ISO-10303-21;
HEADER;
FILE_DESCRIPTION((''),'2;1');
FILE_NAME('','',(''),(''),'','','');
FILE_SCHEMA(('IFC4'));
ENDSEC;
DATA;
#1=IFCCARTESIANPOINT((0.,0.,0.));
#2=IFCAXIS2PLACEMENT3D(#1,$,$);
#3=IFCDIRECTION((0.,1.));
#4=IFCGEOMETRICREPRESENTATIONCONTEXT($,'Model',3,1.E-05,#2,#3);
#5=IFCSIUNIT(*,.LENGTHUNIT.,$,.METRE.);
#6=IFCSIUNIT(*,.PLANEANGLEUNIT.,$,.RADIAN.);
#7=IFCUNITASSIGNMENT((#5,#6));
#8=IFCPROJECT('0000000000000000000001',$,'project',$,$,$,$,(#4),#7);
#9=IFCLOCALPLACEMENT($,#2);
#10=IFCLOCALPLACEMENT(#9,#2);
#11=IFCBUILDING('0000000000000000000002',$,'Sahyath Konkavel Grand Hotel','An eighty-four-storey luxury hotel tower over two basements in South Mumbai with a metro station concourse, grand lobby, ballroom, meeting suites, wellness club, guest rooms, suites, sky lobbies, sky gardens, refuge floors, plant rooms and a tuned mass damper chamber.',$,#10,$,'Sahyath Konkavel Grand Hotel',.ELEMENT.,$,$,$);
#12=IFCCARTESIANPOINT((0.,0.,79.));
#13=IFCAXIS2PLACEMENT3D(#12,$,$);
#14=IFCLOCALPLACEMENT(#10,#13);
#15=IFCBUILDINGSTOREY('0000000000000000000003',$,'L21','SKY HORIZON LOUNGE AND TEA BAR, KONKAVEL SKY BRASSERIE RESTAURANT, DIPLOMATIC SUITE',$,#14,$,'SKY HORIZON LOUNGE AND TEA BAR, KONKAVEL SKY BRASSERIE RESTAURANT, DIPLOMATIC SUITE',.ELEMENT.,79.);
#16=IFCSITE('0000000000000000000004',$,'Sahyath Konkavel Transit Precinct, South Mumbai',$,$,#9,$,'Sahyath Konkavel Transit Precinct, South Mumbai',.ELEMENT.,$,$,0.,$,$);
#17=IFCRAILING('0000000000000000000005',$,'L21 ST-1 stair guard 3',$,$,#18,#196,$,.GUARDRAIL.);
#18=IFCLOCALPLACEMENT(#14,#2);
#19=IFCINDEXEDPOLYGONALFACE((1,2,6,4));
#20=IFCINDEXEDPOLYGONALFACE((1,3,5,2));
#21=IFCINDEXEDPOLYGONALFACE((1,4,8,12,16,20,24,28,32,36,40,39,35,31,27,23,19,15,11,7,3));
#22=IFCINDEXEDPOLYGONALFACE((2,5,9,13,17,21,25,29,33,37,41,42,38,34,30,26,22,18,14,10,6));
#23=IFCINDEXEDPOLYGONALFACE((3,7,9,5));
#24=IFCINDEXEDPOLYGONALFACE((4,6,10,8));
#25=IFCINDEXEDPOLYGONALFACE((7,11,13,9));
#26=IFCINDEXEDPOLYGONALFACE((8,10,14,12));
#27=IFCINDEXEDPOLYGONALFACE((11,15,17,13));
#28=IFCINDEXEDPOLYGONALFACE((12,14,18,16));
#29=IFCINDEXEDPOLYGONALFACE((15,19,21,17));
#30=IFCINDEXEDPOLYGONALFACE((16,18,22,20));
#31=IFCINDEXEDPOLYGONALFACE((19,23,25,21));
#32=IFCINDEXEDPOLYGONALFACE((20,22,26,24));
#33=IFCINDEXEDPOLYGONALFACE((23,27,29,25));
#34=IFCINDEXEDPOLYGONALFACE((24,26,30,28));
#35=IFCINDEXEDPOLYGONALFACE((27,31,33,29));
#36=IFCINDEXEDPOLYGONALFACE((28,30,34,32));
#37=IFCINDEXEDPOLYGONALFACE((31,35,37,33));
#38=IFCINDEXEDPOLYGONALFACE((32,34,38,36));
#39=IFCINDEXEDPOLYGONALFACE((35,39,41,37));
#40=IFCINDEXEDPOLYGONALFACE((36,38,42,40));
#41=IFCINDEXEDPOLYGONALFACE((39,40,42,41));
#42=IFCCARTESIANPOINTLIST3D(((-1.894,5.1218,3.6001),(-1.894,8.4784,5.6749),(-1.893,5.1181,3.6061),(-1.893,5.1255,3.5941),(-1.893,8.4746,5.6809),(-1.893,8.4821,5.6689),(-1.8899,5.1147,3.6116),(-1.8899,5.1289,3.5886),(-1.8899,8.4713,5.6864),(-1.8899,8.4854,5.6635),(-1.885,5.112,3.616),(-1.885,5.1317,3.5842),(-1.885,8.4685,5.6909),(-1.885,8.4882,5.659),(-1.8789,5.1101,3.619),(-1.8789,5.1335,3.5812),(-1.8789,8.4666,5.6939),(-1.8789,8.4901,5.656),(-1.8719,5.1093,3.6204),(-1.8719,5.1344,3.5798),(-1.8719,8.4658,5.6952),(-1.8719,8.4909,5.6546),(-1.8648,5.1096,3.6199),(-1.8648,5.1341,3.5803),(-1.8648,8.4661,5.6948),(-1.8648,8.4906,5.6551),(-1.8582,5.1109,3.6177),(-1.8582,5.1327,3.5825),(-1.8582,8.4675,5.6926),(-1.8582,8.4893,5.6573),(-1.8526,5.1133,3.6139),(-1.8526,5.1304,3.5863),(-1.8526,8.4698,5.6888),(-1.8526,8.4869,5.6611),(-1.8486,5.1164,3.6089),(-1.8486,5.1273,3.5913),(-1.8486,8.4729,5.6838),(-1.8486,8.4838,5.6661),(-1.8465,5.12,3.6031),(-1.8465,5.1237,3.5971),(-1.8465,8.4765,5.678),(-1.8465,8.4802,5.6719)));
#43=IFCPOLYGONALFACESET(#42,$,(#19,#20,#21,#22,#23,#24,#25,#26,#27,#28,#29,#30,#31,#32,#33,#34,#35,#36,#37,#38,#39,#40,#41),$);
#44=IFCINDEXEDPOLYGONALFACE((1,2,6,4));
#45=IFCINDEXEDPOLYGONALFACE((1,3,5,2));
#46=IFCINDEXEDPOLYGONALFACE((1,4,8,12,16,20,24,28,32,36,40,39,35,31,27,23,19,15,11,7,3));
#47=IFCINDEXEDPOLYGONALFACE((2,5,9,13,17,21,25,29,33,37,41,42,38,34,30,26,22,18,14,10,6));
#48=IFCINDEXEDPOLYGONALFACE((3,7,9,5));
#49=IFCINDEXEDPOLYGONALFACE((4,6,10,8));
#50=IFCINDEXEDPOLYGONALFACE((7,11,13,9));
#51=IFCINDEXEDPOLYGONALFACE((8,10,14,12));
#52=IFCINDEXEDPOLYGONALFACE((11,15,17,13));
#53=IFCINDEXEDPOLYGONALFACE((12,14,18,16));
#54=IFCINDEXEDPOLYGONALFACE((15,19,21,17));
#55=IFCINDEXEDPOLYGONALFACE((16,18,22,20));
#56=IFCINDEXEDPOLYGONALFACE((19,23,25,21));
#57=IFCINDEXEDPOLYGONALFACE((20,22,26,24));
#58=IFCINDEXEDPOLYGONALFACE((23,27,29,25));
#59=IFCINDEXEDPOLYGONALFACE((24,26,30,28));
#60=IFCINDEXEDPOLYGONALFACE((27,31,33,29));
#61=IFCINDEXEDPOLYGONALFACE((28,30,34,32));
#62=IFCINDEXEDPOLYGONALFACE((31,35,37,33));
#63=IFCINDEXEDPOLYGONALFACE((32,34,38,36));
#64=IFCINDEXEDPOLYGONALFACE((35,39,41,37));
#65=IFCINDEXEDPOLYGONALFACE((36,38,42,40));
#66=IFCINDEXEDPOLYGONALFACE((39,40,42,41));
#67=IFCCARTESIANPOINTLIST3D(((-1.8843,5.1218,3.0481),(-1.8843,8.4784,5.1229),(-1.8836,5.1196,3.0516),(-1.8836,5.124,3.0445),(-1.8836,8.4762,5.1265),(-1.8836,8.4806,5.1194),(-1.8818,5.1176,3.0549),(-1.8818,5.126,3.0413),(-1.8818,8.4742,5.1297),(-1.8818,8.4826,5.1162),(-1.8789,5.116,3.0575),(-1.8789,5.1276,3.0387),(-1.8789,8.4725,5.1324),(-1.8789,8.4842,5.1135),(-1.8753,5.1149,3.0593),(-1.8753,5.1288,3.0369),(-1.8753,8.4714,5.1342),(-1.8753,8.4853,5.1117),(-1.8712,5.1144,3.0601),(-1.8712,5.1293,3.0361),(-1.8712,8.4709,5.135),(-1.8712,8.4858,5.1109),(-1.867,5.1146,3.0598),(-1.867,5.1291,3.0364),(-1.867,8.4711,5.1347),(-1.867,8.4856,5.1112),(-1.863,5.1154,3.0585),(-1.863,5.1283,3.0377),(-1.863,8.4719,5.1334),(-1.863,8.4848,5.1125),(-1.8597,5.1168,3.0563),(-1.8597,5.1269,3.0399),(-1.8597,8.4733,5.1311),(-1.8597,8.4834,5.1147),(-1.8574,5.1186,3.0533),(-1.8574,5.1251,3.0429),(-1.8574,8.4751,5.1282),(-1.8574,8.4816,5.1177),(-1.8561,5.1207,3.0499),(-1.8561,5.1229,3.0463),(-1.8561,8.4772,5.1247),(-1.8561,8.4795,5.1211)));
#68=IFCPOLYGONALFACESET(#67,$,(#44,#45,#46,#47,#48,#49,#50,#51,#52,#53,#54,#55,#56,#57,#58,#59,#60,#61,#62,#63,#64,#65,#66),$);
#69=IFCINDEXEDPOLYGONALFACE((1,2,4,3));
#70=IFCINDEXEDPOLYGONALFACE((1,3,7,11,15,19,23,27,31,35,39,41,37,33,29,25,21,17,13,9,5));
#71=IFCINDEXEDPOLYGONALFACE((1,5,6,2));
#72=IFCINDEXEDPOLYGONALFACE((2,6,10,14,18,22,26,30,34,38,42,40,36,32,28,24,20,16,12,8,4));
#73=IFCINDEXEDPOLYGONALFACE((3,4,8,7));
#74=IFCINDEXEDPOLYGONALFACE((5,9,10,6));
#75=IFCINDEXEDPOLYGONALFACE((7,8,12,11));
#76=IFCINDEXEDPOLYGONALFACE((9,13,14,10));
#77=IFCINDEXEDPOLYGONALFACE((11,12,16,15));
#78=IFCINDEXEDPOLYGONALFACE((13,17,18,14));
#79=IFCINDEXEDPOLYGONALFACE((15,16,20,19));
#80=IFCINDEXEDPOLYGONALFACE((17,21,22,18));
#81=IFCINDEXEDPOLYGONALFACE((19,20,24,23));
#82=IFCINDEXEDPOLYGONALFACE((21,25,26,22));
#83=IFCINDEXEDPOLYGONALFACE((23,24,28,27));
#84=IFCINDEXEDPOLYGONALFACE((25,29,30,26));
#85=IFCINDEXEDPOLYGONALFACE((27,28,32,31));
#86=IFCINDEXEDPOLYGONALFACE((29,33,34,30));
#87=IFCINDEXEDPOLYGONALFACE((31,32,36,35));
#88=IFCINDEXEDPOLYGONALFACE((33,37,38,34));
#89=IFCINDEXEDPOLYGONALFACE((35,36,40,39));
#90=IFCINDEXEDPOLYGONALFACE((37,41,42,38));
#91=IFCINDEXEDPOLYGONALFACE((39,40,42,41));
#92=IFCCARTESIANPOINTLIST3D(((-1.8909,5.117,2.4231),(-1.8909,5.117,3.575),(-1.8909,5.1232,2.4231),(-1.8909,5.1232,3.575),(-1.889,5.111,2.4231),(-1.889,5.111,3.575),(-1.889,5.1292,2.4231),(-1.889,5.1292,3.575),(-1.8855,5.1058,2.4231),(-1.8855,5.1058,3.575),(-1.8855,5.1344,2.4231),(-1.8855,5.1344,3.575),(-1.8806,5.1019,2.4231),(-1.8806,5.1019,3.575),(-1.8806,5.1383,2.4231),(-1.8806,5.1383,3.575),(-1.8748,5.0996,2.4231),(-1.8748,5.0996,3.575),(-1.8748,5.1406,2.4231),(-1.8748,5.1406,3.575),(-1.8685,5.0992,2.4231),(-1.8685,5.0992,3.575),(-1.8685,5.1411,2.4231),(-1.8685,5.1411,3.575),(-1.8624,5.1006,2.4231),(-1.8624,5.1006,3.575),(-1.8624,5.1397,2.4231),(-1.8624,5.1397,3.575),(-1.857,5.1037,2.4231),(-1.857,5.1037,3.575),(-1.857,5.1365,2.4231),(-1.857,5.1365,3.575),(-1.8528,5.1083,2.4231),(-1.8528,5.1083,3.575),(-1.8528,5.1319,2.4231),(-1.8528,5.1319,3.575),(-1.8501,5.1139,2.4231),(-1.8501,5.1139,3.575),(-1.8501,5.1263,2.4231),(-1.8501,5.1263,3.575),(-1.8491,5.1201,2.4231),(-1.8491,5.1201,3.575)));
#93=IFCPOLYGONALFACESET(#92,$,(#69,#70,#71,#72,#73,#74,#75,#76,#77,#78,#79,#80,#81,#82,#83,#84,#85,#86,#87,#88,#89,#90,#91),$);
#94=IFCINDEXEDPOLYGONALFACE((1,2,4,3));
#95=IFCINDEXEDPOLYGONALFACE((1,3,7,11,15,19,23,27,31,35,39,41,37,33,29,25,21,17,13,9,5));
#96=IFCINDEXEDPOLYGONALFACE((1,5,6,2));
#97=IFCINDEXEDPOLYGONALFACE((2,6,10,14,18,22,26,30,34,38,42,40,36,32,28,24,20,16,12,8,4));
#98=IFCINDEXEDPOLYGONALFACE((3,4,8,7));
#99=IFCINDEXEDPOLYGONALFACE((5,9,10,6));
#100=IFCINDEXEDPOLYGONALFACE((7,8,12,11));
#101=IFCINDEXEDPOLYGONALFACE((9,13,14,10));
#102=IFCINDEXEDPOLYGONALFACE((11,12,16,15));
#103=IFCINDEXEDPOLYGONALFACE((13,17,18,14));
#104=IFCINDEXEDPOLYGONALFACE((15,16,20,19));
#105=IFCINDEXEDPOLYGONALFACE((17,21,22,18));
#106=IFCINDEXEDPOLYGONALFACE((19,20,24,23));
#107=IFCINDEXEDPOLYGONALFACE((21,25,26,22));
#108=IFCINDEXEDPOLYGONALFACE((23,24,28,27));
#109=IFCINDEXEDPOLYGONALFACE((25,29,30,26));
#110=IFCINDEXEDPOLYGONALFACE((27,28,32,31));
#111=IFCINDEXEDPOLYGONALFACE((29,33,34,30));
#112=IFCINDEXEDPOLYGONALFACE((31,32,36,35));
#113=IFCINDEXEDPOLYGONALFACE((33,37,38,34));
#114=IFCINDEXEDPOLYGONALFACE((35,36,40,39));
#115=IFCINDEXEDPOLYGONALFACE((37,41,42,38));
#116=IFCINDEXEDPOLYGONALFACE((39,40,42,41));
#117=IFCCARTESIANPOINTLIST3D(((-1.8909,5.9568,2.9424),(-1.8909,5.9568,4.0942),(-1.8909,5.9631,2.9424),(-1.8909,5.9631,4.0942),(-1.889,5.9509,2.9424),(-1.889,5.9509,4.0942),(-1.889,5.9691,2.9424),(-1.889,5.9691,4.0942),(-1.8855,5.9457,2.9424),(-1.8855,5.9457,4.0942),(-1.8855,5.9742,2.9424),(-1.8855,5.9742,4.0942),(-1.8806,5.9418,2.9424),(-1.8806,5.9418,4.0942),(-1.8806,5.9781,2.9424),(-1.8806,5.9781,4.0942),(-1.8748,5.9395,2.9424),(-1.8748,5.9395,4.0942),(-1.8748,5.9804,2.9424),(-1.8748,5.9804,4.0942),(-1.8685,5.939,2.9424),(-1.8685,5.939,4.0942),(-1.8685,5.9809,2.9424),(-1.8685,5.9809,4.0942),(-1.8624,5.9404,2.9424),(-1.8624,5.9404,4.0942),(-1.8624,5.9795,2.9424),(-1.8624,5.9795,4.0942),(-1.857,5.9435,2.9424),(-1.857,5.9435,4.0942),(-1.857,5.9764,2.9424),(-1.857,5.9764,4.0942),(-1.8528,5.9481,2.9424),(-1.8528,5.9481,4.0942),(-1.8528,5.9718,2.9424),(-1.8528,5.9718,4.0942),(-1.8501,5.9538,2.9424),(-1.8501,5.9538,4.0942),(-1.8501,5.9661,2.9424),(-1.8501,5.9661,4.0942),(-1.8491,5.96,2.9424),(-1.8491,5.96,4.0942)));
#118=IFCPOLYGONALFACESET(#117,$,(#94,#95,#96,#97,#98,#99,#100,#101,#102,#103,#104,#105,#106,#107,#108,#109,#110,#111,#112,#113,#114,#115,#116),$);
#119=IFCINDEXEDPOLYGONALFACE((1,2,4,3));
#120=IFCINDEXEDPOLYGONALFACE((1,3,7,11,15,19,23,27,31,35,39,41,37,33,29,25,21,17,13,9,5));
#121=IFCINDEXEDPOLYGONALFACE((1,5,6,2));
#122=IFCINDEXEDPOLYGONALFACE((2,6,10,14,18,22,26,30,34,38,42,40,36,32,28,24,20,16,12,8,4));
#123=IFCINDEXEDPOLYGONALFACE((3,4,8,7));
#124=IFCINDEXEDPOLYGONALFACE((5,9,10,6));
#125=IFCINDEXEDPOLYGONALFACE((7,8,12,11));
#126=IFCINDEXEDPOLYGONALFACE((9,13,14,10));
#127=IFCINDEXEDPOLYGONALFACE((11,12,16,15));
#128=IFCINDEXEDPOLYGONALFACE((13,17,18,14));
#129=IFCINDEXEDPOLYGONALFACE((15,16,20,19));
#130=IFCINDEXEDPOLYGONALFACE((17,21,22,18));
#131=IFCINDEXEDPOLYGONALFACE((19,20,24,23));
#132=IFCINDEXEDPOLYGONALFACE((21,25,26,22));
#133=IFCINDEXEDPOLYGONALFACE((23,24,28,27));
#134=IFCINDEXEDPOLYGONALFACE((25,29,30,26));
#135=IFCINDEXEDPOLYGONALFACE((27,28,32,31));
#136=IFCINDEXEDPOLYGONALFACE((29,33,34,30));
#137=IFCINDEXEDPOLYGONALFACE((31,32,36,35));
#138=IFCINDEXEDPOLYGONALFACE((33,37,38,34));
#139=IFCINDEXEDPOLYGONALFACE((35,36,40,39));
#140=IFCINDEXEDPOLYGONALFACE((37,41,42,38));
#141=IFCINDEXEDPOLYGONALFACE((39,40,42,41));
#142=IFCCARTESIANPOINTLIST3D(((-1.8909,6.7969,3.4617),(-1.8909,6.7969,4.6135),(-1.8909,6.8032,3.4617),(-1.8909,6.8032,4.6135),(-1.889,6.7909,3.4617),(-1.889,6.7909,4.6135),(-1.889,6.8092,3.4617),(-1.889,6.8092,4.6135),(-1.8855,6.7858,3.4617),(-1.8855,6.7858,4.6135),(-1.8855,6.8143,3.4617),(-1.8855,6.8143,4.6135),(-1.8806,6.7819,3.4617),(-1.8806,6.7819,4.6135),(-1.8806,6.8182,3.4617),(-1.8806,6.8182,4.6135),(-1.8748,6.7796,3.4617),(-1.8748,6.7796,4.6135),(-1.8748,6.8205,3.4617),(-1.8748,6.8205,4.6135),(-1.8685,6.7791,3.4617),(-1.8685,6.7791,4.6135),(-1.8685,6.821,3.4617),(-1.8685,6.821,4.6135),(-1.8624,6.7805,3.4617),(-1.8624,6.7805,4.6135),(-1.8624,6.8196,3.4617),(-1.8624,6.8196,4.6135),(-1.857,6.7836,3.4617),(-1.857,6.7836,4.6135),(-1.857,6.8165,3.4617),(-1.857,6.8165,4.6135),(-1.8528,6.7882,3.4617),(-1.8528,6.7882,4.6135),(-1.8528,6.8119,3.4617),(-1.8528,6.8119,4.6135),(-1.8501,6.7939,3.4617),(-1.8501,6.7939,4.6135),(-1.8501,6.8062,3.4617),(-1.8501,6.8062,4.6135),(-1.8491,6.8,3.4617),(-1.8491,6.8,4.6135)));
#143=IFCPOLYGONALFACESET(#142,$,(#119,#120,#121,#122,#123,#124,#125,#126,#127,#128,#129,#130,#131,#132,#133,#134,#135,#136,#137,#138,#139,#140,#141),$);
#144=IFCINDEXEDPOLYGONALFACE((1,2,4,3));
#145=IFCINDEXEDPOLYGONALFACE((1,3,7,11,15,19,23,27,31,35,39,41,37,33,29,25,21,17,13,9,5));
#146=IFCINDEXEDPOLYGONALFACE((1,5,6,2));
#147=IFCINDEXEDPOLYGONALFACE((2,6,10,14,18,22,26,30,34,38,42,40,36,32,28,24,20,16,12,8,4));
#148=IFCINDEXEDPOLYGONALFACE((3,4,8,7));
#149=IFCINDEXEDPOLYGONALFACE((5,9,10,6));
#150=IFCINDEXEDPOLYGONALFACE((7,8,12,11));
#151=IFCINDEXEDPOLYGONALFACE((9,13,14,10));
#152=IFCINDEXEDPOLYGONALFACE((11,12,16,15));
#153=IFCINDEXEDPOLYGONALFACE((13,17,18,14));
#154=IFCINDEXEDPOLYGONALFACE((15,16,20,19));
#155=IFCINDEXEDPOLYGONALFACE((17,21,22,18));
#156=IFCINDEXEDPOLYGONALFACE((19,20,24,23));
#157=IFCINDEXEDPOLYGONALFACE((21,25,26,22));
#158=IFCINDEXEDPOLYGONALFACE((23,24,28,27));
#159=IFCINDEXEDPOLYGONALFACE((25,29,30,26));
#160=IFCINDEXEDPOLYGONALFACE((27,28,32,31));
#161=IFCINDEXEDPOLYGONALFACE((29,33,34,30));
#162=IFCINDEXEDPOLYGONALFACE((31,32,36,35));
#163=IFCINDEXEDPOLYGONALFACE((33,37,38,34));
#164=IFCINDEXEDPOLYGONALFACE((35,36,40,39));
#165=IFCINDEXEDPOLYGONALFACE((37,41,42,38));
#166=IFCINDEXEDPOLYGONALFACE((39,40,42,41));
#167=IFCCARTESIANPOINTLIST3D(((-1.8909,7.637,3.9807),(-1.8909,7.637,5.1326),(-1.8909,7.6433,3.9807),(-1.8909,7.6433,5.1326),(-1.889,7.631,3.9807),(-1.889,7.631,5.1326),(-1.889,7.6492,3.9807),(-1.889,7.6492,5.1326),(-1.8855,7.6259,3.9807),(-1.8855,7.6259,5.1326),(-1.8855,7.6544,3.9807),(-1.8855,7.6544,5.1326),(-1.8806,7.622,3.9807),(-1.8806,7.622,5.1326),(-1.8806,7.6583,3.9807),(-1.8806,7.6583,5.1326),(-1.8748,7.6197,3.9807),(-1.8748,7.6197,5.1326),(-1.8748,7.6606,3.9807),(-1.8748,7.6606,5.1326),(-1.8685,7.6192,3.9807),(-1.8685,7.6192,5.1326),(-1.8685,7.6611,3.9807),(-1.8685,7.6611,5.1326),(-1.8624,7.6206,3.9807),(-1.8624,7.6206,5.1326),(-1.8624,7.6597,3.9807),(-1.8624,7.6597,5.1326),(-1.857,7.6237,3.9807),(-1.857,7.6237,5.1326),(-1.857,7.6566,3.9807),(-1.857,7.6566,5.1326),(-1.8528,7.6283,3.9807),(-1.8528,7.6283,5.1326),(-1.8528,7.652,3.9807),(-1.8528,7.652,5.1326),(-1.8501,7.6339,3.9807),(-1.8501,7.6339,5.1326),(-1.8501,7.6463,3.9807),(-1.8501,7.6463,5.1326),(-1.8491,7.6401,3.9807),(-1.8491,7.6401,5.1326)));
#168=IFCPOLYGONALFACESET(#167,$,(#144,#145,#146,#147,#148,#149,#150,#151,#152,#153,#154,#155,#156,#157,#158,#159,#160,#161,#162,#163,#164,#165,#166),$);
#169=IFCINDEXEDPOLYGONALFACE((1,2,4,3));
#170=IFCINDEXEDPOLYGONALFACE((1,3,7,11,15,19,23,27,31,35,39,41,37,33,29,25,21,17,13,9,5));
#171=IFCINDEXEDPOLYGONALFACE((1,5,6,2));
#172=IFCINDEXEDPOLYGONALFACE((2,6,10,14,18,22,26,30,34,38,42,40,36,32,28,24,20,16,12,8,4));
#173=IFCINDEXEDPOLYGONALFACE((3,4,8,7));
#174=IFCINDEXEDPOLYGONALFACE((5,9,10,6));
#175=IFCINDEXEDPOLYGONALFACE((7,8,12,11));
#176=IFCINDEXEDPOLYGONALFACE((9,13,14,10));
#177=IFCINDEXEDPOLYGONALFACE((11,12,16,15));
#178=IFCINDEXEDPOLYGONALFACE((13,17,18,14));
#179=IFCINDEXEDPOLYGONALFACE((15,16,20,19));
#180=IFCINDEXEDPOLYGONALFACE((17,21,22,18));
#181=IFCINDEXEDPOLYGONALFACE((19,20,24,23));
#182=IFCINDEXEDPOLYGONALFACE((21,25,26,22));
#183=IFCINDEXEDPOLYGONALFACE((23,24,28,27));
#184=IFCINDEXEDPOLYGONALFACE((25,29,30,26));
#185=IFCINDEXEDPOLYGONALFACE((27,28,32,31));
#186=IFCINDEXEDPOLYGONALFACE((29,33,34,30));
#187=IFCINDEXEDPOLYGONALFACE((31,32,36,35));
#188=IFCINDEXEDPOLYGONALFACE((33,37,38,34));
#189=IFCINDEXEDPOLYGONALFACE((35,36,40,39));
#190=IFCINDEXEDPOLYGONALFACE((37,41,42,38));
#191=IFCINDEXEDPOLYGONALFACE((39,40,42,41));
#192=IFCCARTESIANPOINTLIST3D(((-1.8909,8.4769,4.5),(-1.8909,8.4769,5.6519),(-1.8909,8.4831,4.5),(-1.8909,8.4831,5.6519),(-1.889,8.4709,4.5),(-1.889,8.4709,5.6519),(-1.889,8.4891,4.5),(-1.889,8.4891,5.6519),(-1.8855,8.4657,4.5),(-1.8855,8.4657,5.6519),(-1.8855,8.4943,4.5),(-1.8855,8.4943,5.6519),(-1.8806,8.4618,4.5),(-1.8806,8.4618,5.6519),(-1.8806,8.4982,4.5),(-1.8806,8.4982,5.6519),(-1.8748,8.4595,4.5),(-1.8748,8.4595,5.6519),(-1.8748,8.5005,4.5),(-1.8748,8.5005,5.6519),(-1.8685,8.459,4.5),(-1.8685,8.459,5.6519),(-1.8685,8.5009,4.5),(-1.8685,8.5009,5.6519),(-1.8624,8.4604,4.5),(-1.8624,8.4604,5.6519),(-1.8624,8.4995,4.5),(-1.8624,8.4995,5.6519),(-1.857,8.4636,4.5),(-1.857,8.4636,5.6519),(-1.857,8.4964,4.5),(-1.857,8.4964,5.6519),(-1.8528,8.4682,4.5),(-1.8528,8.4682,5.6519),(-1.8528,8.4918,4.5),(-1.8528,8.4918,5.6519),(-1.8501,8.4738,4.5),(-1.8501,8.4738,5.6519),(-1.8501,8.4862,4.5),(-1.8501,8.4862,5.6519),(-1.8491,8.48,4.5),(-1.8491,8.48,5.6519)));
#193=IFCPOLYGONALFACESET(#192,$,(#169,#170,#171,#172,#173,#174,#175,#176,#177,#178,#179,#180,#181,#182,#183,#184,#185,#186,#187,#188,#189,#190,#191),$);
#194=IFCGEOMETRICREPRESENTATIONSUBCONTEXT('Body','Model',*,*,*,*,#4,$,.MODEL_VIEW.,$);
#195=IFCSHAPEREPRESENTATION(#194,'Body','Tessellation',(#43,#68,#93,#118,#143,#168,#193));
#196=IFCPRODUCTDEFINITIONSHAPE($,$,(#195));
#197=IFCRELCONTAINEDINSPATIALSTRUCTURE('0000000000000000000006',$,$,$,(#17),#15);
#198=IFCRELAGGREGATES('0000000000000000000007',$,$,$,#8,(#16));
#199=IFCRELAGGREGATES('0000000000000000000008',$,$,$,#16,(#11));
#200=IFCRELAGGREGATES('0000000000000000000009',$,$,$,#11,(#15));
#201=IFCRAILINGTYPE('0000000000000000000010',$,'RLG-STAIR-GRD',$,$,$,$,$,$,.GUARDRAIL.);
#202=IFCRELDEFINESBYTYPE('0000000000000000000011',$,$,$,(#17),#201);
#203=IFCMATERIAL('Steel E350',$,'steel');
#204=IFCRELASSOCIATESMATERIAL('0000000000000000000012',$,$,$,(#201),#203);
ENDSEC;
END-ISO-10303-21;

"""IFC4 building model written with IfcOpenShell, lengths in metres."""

from ifc_helpers import new_model, si_unit, direction, frame, origin, origin_2d, place, context, subcontext, project, spatial, circle, extrude, material, type_object, element, save


model = new_model("IFC4")

# Units and contexts
model_context = context("Model", 3, precision=1e-05, world=origin(), true_north=direction((0.0, 1.0)))
body_context = subcontext(model_context, "Body", "Model", "MODEL_VIEW")
ifc_project = project(units=[si_unit("LENGTHUNIT", "METRE"), si_unit("PLANEANGLEUNIT", "RADIAN")], contexts=[model_context])

# Site, building, storey
site_placement = place(None, origin())
site = spatial("IfcSite", under=ifc_project, at=site_placement, Name="Sahyath Konkavel Transit Precinct, South Mumbai", LongName="Sahyath Konkavel Transit Precinct, South Mumbai", CompositionType="ELEMENT", RefElevation=0.0)
building_placement = place(site_placement, origin())
building = spatial("IfcBuilding", under=site, at=building_placement, Name="Sahyath Konkavel Grand Hotel", Description="An eighty-four-storey luxury hotel tower over two basements in South Mumbai with a metro station concourse, grand lobby, ballroom, meeting suites, wellness club, guest rooms, suites, sky lobbies, sky gardens, refuge floors, plant rooms and a tuned mass damper chamber.", LongName="Sahyath Konkavel Grand Hotel", CompositionType="ELEMENT")
storey_placement = place(building_placement, frame((0.0, 0.0, 79.0)))
storey = spatial("IfcBuildingStorey", under=building, at=storey_placement, Name="L21", Description="SKY HORIZON LOUNGE AND TEA BAR, KONKAVEL SKY BRASSERIE RESTAURANT, DIPLOMATIC SUITE", LongName="SKY HORIZON LOUNGE AND TEA BAR, KONKAVEL SKY BRASSERIE RESTAURANT, DIPLOMATIC SUITE", CompositionType="ELEMENT", Elevation=79.0)

# Shared definitions
ifc_material_1 = material(Name="Steel E350", Category="steel")

# Railing
railing_type_1 = type_object("IfcRailingType", Name="RLG-STAIR-GRD", PredefinedType="GUARDRAIL", material=ifc_material_1)
railing_1_placement = place(storey_placement, frame((-1.8701, 5.1201, 2.4231)))
element("IfcRailing", 1, at=railing_1_placement, inside=storey, type_object=railing_type_1, Name="L21 ST-1 stair guard 3", PredefinedType="GUARDRAIL", context=body_context, shape_type="SweptSolid", body=[
    extrude(circle(Radius=0.0239, at=origin_2d()), frame((0.0, 0.0017, 1.177), z_axis=(0.0, 0.850606, 0.525803), x_axis=(-1.0, 0.0, 0.0)), (0.0, 0.0, 1.0), 3.946),
    extrude(circle(Radius=0.0142, at=origin_2d()), frame((0.0, 0.0017, 0.625), z_axis=(0.0, 0.850606, 0.525803), x_axis=(-1.0, 0.0, 0.0)), (0.0, 0.0, 1.0), 3.946),
    extrude(circle(Radius=0.021, at=origin_2d()), origin(), (0.0, 0.0, 1.0), 1.1519),
    extrude(circle(Radius=0.021, at=origin_2d()), frame((0.0, 0.8398, 0.5193)), (0.0, 0.0, 1.0), 1.1519),
    extrude(circle(Radius=0.021, at=origin_2d()), frame((0.0, 1.6799, 1.0386)), (0.0, 0.0, 1.0), 1.1519),
    extrude(circle(Radius=0.021, at=origin_2d()), frame((0.0, 2.52, 1.5576)), (0.0, 0.0, 1.0), 1.1519),
    extrude(circle(Radius=0.021, at=origin_2d()), frame((0.0, 3.3599, 2.0769)), (0.0, 0.0, 1.0), 1.1519),
])

save(model, "model.ifc")
